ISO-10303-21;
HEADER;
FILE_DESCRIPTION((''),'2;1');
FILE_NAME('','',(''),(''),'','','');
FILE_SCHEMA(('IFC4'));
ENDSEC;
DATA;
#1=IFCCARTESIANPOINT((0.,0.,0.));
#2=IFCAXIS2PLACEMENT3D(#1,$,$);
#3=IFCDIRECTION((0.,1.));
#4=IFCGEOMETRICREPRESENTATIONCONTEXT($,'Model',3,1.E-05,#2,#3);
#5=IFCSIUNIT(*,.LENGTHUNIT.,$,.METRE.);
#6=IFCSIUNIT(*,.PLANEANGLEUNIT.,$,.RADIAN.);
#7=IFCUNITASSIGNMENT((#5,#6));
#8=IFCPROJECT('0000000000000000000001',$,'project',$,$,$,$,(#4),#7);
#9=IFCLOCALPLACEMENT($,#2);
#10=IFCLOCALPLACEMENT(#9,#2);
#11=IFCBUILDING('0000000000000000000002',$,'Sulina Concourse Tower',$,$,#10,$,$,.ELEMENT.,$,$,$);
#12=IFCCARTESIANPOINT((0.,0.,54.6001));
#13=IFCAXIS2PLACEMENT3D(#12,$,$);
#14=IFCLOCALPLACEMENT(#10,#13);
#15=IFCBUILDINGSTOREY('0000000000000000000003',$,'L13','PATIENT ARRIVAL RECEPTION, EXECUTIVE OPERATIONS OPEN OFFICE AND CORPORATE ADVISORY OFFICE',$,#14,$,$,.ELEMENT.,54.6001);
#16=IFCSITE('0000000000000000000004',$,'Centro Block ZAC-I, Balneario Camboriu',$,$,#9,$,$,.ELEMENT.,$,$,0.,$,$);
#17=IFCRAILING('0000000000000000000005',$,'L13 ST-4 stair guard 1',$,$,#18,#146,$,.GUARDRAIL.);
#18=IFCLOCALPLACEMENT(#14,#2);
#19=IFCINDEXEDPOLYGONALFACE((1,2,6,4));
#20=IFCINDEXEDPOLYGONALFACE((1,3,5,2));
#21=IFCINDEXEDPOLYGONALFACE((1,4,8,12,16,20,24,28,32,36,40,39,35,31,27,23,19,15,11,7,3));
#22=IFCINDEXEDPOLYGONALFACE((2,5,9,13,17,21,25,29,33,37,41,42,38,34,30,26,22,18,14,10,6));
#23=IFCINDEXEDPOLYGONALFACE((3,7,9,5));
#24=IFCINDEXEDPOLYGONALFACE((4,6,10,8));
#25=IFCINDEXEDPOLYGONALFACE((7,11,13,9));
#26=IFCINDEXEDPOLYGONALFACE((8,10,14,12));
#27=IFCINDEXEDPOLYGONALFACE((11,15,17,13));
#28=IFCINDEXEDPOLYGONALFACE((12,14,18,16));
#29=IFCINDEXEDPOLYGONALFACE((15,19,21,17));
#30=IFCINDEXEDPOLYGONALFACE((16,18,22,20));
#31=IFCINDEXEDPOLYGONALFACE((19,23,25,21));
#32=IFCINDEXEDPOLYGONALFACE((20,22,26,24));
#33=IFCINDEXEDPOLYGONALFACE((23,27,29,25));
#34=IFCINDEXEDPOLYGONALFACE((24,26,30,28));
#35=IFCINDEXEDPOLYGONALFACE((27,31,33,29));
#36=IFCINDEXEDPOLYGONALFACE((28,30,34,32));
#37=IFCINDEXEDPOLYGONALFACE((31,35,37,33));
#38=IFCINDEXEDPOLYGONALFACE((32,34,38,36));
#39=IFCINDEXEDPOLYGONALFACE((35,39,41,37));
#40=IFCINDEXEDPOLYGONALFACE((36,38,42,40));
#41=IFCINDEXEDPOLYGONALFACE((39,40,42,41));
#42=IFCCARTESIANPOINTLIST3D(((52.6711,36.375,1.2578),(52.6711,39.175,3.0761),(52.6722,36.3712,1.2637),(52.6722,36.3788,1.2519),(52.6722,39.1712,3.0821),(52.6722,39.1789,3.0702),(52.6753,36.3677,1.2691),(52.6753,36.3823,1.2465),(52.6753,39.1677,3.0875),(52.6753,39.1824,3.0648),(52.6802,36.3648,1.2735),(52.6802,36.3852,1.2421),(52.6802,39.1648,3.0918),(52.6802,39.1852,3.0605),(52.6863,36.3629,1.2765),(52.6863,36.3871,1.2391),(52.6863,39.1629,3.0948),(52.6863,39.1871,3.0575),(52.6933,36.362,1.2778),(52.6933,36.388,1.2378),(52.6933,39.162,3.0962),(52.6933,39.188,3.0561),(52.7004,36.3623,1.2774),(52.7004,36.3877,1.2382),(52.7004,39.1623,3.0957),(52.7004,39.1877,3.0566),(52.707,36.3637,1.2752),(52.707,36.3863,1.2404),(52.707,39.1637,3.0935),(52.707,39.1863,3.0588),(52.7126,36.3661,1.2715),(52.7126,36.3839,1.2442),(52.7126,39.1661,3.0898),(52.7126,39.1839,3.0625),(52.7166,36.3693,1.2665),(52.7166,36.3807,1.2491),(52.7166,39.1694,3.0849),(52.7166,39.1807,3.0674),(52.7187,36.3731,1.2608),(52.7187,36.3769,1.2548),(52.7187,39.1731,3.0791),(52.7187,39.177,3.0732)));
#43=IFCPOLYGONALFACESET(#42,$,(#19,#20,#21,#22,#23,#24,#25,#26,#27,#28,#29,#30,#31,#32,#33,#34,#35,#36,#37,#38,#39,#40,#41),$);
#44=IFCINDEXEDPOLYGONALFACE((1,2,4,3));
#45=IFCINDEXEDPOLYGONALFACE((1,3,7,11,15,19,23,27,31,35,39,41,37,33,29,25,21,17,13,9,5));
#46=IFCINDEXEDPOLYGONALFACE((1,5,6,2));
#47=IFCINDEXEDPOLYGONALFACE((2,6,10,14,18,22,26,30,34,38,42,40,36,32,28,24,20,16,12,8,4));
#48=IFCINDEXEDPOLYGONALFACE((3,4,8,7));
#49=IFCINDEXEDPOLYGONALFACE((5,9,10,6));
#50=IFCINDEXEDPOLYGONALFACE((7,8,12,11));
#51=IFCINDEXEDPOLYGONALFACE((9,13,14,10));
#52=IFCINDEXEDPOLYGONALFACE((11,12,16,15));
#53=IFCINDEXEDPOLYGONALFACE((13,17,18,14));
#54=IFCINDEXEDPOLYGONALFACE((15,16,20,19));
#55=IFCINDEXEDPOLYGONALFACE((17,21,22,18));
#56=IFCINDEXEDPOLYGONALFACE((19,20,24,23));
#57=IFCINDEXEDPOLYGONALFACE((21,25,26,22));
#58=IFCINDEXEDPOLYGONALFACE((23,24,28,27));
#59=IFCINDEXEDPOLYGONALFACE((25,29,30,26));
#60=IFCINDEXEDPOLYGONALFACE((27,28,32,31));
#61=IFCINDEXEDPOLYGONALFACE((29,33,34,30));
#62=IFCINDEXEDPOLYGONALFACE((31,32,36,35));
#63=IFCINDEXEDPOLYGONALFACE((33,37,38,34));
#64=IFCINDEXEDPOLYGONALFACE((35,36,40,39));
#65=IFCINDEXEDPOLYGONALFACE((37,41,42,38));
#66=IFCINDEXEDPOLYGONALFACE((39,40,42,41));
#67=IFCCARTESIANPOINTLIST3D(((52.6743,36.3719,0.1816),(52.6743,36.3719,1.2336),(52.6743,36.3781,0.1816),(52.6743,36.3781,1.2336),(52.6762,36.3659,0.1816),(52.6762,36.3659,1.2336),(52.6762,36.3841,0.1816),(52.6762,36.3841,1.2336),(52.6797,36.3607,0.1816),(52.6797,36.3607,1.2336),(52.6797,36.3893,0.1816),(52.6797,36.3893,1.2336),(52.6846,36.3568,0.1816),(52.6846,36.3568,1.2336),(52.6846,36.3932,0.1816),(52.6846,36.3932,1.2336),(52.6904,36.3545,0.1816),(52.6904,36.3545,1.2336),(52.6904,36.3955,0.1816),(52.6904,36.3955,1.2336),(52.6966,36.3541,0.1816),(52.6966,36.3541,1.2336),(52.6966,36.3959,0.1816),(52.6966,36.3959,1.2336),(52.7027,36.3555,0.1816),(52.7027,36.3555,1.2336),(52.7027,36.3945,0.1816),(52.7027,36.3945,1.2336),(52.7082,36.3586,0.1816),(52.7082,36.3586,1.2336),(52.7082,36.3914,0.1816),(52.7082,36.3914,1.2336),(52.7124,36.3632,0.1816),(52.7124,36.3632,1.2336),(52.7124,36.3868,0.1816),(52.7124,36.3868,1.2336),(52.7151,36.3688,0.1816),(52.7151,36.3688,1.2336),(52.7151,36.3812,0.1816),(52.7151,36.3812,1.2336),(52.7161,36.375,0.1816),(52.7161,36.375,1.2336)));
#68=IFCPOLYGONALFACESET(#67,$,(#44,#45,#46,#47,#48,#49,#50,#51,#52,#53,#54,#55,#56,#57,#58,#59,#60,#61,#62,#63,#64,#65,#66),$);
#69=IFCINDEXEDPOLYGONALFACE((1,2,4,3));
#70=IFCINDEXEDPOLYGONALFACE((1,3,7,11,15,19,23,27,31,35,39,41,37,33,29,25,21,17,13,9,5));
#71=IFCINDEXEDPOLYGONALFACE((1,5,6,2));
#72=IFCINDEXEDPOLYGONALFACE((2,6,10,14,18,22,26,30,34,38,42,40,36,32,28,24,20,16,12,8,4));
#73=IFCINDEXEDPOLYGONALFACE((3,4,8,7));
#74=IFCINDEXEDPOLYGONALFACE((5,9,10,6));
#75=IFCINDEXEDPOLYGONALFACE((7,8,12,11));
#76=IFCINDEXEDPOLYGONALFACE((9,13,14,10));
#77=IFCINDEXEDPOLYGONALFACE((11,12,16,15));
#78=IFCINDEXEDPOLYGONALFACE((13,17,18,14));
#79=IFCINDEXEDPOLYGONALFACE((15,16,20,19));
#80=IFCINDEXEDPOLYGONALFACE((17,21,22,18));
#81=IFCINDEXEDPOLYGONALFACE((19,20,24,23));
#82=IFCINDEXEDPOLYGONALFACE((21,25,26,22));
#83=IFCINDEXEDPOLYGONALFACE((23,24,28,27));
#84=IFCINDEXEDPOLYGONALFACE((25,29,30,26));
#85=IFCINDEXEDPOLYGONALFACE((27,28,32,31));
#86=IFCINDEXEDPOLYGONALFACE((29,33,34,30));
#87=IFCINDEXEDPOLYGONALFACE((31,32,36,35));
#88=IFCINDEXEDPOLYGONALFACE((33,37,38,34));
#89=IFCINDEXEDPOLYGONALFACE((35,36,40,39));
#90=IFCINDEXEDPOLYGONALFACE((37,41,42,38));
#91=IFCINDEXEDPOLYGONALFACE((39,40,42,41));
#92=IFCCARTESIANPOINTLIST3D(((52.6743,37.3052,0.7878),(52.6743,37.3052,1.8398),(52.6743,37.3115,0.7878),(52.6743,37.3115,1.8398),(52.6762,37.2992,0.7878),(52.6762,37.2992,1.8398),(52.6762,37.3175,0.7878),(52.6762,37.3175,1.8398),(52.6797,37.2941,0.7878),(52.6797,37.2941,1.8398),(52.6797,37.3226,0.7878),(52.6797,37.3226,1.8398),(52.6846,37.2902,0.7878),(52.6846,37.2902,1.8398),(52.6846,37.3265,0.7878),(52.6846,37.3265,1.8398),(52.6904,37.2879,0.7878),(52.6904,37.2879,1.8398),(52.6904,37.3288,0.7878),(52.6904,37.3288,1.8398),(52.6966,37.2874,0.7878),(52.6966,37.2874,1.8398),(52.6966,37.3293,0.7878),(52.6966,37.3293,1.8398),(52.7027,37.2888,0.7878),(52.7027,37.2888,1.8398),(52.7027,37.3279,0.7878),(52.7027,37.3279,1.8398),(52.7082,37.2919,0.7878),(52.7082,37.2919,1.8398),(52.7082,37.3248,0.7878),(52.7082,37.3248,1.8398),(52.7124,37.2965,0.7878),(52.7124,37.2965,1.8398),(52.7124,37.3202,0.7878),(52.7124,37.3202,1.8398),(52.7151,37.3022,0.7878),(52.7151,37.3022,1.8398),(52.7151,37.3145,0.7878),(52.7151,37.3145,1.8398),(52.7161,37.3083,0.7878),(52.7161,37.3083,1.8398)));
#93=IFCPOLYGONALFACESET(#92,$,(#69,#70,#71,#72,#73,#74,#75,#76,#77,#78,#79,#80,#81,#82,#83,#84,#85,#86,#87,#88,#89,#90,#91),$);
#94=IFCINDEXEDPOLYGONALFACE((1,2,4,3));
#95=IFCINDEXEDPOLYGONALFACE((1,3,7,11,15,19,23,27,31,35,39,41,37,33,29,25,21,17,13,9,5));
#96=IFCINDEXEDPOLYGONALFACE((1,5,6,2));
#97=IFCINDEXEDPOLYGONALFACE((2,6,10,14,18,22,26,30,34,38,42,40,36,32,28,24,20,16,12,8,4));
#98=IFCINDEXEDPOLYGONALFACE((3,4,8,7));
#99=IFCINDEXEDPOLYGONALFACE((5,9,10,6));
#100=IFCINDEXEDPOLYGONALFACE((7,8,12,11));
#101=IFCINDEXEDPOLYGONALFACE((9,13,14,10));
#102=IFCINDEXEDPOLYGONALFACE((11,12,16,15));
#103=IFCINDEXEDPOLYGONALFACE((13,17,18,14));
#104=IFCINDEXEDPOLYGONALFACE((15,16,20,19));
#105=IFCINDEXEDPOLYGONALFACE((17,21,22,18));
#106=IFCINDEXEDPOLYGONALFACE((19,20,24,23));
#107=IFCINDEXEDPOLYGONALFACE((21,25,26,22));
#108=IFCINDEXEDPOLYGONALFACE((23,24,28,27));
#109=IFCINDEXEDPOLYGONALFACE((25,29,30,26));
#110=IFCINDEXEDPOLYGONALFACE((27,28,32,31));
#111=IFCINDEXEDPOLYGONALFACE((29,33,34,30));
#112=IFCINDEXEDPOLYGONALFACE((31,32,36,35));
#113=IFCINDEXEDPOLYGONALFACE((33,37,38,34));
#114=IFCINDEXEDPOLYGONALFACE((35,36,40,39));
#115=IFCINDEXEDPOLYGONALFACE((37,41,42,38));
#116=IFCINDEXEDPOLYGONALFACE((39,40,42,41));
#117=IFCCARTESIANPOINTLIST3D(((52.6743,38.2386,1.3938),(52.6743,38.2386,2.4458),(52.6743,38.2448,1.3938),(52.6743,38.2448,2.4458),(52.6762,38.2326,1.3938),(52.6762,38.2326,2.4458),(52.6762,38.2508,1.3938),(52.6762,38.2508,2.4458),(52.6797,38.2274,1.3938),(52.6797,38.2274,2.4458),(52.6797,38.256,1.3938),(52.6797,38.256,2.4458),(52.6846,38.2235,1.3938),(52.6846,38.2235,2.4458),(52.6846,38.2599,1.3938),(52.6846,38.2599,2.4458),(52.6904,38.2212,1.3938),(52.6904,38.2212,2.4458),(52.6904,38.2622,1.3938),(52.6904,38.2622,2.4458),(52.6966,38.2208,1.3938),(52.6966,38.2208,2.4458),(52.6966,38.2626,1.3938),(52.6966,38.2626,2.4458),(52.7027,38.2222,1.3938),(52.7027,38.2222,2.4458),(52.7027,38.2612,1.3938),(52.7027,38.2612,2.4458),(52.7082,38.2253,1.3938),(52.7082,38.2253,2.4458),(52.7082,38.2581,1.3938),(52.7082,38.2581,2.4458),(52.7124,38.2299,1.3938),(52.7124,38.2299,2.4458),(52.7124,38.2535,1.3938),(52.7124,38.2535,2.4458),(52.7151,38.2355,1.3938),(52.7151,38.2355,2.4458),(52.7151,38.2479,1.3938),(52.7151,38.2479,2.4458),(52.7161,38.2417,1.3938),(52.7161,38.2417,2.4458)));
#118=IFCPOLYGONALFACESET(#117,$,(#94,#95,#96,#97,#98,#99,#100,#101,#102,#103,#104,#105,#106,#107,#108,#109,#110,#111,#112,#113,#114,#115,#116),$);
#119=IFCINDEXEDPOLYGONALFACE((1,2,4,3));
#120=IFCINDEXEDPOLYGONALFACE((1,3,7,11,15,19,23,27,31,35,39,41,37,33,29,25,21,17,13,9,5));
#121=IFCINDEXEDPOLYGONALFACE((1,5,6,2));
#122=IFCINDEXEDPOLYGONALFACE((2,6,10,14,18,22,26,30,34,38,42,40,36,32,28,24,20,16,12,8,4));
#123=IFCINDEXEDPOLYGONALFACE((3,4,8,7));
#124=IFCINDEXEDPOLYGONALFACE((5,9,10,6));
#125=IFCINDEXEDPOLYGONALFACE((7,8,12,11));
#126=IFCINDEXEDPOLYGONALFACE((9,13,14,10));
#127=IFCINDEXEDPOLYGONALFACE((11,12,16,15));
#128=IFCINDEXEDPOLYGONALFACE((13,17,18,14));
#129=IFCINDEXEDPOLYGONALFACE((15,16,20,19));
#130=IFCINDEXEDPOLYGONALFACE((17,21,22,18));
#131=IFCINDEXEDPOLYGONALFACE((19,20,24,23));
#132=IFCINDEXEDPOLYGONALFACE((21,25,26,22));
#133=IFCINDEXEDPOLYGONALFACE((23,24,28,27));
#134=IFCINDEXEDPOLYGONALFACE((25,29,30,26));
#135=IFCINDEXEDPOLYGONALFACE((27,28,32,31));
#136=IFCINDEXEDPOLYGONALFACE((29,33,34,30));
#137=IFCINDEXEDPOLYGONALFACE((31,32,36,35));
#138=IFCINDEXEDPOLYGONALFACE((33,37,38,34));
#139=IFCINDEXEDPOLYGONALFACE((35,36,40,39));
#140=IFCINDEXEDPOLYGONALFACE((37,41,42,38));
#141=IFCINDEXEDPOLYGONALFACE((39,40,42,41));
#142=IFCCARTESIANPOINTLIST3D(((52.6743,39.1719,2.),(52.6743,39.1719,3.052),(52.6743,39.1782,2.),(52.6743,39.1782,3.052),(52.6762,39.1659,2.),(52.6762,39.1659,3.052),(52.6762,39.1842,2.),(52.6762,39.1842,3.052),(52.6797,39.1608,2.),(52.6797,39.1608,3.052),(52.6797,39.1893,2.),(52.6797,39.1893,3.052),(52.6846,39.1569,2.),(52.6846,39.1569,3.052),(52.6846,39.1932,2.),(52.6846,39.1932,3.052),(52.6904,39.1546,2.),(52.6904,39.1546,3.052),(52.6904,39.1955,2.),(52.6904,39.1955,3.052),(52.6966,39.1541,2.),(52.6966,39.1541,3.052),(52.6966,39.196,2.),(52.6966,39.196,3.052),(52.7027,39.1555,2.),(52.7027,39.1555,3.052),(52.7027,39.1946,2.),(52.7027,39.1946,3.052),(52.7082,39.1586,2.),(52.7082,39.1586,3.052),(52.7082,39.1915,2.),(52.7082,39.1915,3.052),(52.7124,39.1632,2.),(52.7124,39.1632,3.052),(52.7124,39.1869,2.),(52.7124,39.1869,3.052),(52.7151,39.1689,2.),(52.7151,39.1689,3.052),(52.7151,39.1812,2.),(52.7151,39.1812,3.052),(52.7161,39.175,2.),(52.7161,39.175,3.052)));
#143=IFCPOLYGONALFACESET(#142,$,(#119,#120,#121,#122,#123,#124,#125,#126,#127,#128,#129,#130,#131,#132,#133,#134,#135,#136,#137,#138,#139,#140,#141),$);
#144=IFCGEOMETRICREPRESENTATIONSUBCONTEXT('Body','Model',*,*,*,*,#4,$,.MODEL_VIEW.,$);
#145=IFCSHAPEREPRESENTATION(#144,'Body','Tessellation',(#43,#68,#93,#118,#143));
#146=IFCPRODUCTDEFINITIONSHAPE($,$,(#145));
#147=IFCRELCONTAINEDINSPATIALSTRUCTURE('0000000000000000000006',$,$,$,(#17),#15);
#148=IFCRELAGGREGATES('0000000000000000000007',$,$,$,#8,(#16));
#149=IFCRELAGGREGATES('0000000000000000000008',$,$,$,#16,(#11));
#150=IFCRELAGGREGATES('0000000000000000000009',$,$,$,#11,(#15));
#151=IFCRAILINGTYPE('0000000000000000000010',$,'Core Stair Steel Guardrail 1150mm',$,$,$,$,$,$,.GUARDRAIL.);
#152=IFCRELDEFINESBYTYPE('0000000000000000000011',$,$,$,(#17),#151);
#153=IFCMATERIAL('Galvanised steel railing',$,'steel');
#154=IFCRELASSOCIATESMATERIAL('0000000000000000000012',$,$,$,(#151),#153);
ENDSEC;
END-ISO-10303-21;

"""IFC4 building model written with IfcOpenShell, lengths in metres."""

from ifc_helpers import new_model, si_unit, direction, frame, origin, origin_2d, place, context, subcontext, project, spatial, circle, extrude, material, type_object, element, save


model = new_model("IFC4")

# Units and contexts
model_context = context("Model", 3, precision=1e-05, world=origin(), true_north=direction((0.0, 1.0)))
body_context = subcontext(model_context, "Body", "Model", "MODEL_VIEW")
ifc_project = project(units=[si_unit("LENGTHUNIT", "METRE"), si_unit("PLANEANGLEUNIT", "RADIAN")], contexts=[model_context])

# Site, building, storey
site_placement = place(None, origin())
site = spatial("IfcSite", under=ifc_project, at=site_placement, Name="Centro Block ZAC-I, Balneario Camboriu", CompositionType="ELEMENT", RefElevation=0.0)
building_placement = place(site_placement, origin())
building = spatial("IfcBuilding", under=site, at=building_placement, Name="Sulina Concourse Tower", CompositionType="ELEMENT")
storey_placement = place(building_placement, frame((0.0, 0.0, 54.6001)))
storey = spatial("IfcBuildingStorey", under=building, at=storey_placement, Name="L13", Description="PATIENT ARRIVAL RECEPTION, EXECUTIVE OPERATIONS OPEN OFFICE AND CORPORATE ADVISORY OFFICE", CompositionType="ELEMENT", Elevation=54.6001)

# Railing
ifc_material_1 = material(Name="Galvanised steel railing", Category="steel")
railing_type_1 = type_object("IfcRailingType", Name="Core Stair Steel Guardrail 1150mm", PredefinedType="GUARDRAIL", material=ifc_material_1)
railing_1_placement = place(storey_placement, frame((52.6951, 36.375, 0.1816)))
element("IfcRailing", 1, at=railing_1_placement, inside=storey, type_object=railing_type_1, Name="L13 ST-4 stair guard 1", PredefinedType="GUARDRAIL", context=body_context, shape_type="SweptSolid", body=[
    extrude(circle(Radius=0.0239, at=origin_2d()), frame((0.0, 0.0, 1.0762), z_axis=(0.0, 0.838672, 0.544636), x_axis=(-1.0, 0.0, 0.0)), (0.0, 0.0, 1.0), 3.3386),
    extrude(circle(Radius=0.021, at=origin_2d()), origin(), (0.0, 0.0, 1.0), 1.052),
    extrude(circle(Radius=0.021, at=origin_2d()), frame((0.0, 0.9333, 0.6062)), (0.0, 0.0, 1.0), 1.052),
    extrude(circle(Radius=0.021, at=origin_2d()), frame((0.0, 1.8667, 1.2122)), (0.0, 0.0, 1.0), 1.052),
    extrude(circle(Radius=0.021, at=origin_2d()), frame((0.0, 2.8, 1.8184)), (0.0, 0.0, 1.0), 1.052),
])

save(model, "model.ifc")
